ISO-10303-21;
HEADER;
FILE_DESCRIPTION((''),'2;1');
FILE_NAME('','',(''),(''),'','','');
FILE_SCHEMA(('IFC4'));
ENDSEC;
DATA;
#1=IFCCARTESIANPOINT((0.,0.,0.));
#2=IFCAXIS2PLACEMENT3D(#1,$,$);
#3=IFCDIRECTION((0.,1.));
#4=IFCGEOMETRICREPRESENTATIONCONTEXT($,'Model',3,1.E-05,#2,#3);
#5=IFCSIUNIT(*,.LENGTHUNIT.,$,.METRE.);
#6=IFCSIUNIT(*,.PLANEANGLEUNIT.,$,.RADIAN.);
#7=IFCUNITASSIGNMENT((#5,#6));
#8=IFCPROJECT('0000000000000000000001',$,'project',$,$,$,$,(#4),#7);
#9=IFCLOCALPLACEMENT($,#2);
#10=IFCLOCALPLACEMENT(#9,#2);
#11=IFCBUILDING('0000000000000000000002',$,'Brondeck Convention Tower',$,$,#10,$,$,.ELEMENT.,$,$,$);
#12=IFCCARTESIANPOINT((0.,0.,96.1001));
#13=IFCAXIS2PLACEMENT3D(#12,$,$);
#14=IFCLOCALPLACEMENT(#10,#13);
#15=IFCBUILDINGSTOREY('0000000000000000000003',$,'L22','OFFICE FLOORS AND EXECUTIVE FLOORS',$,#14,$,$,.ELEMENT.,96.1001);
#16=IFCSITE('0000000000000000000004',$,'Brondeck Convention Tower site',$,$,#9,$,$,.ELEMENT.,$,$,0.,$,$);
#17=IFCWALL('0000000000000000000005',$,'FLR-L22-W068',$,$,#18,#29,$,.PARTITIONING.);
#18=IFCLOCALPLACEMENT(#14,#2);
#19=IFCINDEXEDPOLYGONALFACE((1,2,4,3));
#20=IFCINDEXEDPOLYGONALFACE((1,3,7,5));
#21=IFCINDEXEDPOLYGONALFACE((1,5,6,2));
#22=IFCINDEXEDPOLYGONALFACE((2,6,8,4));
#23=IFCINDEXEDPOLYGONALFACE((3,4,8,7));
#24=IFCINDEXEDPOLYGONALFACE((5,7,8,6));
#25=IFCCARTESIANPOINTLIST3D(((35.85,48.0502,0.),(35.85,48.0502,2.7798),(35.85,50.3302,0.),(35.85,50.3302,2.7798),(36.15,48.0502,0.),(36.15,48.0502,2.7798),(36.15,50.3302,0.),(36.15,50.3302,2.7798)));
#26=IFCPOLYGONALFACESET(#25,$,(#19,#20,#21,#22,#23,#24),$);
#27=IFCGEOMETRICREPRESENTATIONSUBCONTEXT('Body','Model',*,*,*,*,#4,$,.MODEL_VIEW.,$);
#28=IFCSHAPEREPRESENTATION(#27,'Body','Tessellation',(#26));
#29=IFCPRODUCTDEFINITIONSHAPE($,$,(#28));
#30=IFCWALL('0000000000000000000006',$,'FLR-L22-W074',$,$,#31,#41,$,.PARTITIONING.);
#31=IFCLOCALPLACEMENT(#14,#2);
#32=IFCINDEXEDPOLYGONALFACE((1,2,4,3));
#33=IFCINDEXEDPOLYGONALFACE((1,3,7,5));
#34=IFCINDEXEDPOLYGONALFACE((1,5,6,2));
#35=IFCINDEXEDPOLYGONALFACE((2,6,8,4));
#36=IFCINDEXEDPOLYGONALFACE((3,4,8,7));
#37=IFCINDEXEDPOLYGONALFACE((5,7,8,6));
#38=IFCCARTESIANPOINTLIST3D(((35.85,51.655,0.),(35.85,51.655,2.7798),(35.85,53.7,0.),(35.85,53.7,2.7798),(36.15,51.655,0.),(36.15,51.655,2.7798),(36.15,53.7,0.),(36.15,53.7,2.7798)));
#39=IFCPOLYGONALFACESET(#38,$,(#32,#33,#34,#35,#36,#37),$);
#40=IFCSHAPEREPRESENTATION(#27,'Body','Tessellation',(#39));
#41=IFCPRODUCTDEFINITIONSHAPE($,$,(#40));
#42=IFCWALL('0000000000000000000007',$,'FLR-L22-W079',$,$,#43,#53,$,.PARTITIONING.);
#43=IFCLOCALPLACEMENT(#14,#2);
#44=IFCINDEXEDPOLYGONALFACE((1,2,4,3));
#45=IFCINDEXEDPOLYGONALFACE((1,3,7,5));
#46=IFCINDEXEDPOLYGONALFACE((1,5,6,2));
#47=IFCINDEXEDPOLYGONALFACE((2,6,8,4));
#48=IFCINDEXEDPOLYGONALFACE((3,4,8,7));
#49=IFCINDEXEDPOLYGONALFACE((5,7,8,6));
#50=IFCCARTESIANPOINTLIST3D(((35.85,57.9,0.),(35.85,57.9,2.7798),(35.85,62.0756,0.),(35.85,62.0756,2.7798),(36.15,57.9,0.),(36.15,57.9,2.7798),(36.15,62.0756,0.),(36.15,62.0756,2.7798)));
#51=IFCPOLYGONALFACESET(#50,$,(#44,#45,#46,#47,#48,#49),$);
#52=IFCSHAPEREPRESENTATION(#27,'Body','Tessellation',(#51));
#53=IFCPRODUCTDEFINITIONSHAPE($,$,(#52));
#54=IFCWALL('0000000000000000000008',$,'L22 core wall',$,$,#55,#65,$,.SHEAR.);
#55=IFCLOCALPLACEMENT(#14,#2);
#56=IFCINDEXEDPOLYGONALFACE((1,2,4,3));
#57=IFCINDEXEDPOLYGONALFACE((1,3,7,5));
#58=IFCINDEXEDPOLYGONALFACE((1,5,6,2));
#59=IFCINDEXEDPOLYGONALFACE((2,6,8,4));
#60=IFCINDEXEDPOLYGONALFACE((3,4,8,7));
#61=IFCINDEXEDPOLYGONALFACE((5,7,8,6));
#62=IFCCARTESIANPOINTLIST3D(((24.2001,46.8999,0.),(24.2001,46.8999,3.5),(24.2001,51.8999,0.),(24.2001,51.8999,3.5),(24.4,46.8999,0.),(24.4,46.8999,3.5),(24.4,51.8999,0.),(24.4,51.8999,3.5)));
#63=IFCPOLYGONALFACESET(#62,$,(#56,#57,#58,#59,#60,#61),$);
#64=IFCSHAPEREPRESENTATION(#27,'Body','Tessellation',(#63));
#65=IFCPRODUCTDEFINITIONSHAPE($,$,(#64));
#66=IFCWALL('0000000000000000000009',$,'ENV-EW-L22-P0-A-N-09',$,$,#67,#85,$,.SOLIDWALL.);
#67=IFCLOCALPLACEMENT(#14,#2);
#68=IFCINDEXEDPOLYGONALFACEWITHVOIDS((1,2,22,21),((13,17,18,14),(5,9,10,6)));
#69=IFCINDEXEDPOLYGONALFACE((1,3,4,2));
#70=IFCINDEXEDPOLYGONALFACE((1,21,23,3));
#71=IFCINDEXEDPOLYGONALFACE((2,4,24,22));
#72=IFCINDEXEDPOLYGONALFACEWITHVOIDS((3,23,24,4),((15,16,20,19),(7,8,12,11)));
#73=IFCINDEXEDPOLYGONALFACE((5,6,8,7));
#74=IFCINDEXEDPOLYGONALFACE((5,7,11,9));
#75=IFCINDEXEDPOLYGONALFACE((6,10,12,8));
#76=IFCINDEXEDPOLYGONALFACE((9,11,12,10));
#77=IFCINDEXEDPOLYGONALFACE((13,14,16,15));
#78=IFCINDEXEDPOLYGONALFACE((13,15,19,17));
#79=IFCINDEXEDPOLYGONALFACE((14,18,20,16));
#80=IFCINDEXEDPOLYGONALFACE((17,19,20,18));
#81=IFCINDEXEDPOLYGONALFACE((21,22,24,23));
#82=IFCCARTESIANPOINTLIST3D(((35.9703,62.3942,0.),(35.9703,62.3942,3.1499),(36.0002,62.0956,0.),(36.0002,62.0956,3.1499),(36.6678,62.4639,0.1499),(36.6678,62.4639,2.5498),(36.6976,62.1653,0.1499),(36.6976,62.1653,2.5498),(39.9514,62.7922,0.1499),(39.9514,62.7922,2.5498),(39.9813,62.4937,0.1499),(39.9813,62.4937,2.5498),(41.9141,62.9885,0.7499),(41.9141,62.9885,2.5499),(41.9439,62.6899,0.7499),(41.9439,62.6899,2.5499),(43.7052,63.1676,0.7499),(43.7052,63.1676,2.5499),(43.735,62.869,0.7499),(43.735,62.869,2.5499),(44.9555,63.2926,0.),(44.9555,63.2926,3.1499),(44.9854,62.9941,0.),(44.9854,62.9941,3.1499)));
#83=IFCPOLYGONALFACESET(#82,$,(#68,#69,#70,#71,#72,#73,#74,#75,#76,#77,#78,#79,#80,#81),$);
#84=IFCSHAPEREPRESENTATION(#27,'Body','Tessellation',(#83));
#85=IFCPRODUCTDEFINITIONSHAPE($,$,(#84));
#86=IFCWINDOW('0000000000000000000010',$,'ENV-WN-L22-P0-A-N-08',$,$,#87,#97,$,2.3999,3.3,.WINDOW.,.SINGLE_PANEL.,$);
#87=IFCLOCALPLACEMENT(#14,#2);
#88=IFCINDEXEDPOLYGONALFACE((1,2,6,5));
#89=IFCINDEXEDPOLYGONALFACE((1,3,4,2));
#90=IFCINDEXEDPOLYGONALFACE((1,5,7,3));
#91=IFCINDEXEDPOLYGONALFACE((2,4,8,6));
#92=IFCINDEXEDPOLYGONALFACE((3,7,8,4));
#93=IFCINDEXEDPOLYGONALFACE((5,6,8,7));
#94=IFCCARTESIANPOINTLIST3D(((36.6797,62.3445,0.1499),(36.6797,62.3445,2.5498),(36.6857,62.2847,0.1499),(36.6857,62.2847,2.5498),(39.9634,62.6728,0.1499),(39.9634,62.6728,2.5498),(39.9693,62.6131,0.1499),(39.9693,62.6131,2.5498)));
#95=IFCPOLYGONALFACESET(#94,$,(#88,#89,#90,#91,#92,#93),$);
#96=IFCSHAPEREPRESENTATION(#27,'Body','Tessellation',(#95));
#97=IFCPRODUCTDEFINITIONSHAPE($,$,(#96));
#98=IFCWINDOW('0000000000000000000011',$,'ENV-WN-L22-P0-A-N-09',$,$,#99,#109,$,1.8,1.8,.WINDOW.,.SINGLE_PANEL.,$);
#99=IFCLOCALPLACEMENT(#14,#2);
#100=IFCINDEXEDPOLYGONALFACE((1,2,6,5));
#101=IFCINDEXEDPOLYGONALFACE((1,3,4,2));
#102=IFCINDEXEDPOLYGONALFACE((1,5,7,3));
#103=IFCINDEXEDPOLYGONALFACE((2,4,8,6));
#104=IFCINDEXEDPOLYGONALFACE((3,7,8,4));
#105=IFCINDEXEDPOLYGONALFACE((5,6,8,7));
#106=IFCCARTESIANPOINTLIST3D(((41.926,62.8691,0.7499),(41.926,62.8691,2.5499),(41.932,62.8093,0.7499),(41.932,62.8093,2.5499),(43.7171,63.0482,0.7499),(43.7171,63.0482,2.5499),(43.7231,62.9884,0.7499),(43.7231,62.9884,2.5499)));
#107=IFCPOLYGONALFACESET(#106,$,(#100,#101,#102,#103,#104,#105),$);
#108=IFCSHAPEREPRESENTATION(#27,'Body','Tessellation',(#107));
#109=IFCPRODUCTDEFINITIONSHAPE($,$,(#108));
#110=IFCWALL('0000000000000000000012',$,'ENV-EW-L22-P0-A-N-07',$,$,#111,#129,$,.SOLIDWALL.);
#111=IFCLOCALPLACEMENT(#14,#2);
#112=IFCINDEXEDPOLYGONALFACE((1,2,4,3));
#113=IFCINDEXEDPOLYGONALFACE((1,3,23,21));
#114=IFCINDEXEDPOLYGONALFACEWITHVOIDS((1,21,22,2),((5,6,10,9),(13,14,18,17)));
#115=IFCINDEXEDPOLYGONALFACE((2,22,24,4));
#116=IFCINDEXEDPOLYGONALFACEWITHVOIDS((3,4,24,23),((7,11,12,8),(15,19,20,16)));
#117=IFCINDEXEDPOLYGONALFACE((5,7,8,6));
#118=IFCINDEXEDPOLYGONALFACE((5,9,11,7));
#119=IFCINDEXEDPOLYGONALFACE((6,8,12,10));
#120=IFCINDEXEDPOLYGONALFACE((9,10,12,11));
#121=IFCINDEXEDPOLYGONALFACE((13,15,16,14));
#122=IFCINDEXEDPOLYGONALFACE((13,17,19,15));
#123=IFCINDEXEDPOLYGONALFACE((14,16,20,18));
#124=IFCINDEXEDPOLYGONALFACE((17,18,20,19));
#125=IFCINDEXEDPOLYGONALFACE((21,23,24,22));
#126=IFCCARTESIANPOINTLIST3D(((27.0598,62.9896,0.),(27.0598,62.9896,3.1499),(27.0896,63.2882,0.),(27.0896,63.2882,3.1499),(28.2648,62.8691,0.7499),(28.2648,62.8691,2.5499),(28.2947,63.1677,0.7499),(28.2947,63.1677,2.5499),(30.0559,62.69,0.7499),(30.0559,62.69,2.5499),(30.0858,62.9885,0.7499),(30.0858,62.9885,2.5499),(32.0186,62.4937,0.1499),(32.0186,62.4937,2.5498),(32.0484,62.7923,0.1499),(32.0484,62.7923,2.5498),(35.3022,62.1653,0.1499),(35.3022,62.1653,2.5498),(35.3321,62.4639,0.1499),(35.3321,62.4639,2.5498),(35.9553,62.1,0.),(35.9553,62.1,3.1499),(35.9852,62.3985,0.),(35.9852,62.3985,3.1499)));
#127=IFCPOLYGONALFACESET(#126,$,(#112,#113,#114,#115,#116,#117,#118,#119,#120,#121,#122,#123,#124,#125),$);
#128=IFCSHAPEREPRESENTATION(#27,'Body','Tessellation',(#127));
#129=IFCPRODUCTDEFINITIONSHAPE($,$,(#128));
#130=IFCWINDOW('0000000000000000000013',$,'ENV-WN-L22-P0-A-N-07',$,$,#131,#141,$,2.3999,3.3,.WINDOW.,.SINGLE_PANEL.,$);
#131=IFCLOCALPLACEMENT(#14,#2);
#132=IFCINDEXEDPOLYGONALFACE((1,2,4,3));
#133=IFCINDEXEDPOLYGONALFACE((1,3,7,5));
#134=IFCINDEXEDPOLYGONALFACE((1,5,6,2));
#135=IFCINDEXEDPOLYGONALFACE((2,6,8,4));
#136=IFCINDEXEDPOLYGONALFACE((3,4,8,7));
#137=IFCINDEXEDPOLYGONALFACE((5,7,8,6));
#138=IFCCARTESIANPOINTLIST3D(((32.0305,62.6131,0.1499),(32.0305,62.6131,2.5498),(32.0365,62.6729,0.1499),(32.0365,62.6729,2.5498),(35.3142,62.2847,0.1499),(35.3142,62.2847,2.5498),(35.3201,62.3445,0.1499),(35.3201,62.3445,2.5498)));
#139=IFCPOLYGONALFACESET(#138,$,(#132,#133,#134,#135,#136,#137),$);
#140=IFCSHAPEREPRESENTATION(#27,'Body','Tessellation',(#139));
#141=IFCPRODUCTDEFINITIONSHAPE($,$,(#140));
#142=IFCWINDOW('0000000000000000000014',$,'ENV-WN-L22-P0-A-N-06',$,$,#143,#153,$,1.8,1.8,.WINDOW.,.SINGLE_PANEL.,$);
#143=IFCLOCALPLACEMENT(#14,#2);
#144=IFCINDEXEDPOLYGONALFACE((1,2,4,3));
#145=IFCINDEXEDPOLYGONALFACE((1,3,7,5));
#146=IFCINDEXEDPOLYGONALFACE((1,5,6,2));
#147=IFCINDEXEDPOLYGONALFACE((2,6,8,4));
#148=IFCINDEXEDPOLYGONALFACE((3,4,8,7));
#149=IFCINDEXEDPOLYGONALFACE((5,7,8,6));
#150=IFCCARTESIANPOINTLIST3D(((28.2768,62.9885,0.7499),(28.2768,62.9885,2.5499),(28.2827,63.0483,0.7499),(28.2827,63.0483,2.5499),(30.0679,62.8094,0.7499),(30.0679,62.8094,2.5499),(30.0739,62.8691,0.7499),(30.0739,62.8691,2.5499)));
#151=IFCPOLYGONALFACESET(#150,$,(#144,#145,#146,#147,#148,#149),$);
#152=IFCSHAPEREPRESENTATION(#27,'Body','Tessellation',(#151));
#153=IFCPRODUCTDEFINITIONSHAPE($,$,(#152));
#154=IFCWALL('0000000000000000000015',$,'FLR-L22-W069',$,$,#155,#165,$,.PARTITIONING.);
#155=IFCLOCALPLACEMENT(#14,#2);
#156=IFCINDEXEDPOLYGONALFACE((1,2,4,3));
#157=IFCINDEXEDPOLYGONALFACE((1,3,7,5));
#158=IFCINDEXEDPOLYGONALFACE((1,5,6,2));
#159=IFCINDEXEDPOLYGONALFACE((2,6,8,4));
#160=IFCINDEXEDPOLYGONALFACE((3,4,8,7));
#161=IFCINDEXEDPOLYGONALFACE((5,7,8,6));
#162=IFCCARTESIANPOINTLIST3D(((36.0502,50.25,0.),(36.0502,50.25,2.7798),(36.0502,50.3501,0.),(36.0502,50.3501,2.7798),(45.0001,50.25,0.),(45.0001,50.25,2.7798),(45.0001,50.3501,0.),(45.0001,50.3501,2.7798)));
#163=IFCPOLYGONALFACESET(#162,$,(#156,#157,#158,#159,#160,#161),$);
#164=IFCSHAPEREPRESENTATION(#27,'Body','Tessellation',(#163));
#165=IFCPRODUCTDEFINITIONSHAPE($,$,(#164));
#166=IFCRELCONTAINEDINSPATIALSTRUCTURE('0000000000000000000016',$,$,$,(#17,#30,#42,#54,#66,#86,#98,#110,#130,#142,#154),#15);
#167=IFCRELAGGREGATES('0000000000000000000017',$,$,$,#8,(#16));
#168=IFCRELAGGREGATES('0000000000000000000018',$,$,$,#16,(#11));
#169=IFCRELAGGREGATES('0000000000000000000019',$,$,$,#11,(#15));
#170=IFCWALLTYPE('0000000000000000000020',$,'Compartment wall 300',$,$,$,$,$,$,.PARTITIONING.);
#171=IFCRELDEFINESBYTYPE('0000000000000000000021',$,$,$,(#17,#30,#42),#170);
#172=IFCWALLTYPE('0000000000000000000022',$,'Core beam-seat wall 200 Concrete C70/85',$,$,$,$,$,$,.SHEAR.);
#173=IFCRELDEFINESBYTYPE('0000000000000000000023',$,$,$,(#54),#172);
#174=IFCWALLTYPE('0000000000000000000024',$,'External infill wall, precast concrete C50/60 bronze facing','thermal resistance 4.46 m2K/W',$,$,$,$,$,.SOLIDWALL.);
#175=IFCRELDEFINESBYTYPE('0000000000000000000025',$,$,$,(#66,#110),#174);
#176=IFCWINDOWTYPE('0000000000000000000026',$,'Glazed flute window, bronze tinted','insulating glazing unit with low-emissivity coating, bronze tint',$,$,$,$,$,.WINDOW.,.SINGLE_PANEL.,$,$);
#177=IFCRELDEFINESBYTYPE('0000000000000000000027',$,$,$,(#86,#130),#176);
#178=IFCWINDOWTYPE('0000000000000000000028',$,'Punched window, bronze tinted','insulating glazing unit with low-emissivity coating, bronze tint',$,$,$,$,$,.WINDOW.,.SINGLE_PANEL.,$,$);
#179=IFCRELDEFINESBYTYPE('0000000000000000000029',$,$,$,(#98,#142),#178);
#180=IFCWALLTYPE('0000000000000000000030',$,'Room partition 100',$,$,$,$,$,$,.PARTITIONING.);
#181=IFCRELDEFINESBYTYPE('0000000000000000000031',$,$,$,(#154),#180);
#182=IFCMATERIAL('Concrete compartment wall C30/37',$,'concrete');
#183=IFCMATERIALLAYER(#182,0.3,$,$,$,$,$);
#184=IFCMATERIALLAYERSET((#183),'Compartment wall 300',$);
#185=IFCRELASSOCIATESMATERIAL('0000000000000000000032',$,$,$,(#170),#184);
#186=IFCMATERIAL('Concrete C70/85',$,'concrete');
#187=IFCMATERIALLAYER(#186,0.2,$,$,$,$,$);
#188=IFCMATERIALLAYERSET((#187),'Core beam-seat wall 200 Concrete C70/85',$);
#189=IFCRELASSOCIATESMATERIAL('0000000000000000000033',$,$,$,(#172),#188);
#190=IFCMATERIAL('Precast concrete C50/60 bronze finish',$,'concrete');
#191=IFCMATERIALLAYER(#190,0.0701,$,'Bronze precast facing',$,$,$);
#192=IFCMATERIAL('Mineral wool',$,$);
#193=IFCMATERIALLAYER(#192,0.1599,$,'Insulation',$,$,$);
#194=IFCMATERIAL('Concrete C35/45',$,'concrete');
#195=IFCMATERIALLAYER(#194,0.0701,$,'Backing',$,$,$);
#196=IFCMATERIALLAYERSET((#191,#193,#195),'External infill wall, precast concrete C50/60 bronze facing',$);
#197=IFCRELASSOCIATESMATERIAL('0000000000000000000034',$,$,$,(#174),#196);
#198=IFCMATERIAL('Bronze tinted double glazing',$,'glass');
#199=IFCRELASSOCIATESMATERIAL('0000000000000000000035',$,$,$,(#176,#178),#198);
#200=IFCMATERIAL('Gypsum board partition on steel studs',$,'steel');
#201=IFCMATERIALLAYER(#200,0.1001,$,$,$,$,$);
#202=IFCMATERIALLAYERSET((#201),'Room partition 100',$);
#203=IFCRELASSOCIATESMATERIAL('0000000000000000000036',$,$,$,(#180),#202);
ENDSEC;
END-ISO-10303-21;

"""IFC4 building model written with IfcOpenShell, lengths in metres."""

from ifc_helpers import new_model, si_unit, direction, frame, frame_2d, origin, place, context, subcontext, project, spatial, rectangle, extrude, material, layer, layer_set, type_object, element, fill, save


model = new_model("IFC4")

# Units and contexts
model_context = context("Model", 3, precision=1e-05, world=origin(), true_north=direction((0.0, 1.0)))
body_context = subcontext(model_context, "Body", "Model", "MODEL_VIEW")
ifc_project = project(units=[si_unit("LENGTHUNIT", "METRE"), si_unit("PLANEANGLEUNIT", "RADIAN")], contexts=[model_context])

# Site, building, storey
site_placement = place(None, origin())
site = spatial("IfcSite", under=ifc_project, at=site_placement, Name="Brondeck Convention Tower site", CompositionType="ELEMENT", RefElevation=0.0)
building_placement = place(site_placement, origin())
building = spatial("IfcBuilding", under=site, at=building_placement, Name="Brondeck Convention Tower", CompositionType="ELEMENT")
storey_placement = place(building_placement, frame((0.0, 0.0, 96.1001)))
storey = spatial("IfcBuildingStorey", under=building, at=storey_placement, Name="L22", Description="OFFICE FLOORS AND EXECUTIVE FLOORS", CompositionType="ELEMENT", Elevation=96.1001)

# Shared definitions
ifc_material_1 = material(Name="Concrete C70/85", Category="concrete")

# Walls
ifc_material_2 = material(Name="Concrete compartment wall C30/37", Category="concrete")
ifc_layer_1 = layer(ifc_material_2, 0.3)
ifc_layer_set_1 = layer_set([ifc_layer_1], Name="Compartment wall 300")
wall_type_1 = type_object("IfcWallType", Name="Compartment wall 300", PredefinedType="PARTITIONING", material=ifc_layer_set_1)
wall_1_placement = place(storey_placement, frame((36.0, 48.05, 0.0), z_axis=(0.0, 0.0, 1.0), x_axis=(0.0, 1.0, 0.0)))
element("IfcWall", 1, at=wall_1_placement, inside=storey, type_object=wall_type_1, Name="FLR-L22-W068", PredefinedType="PARTITIONING", context=body_context, shape_type="SweptSolid", body=[
    extrude(rectangle(XDim=2.28, YDim=0.3, at=frame_2d((1.1401, 0.0))), origin(), (0.0, 0.0, 1.0), 2.7798),
])
wall_2_placement = place(storey_placement, frame((36.0, 51.655, 0.0), z_axis=(0.0, 0.0, 1.0), x_axis=(0.0, 1.0, 0.0)))
element("IfcWall", 2, at=wall_2_placement, inside=storey, type_object=wall_type_1, Name="FLR-L22-W074", PredefinedType="PARTITIONING", context=body_context, shape_type="SweptSolid", body=[
    extrude(rectangle(XDim=2.0449, YDim=0.3, at=frame_2d((1.0225, 0.0))), origin(), (0.0, 0.0, 1.0), 2.7798),
])
wall_3_placement = place(storey_placement, frame((36.0, 57.8999, 0.0), z_axis=(0.0, 0.0, 1.0), x_axis=(0.0, 1.0, 0.0)))
element("IfcWall", 3, at=wall_3_placement, inside=storey, type_object=wall_type_1, Name="FLR-L22-W079", PredefinedType="PARTITIONING", context=body_context, shape_type="SweptSolid", body=[
    extrude(rectangle(XDim=4.1755, YDim=0.3, at=frame_2d((2.0879, 0.0))), origin(), (0.0, 0.0, 1.0), 2.7798),
])
ifc_layer_2 = layer(ifc_material_1, 0.2)
ifc_layer_set_2 = layer_set([ifc_layer_2], Name="Core beam-seat wall 200 Concrete C70/85")
wall_type_2 = type_object("IfcWallType", Name="Core beam-seat wall 200 Concrete C70/85", PredefinedType="SHEAR", material=ifc_layer_set_2)
wall_4_placement = place(storey_placement, frame((24.3, 46.8999, 0.0), z_axis=(0.0, 0.0, 1.0), x_axis=(0.0, 1.0, 0.0)))
element("IfcWall", 4, at=wall_4_placement, inside=storey, type_object=wall_type_2, Name="L22 core wall", PredefinedType="SHEAR", context=body_context, shape_type="SweptSolid", body=[
    extrude(rectangle(XDim=5.0, YDim=0.2, at=frame_2d((2.5, 0.0))), origin(), (0.0, 0.0, 1.0), 3.5),
])

# Walls, openings, windows
ifc_material_3 = material(Name="Precast concrete C50/60 bronze finish", Category="concrete")
ifc_layer_3 = layer(ifc_material_3, 0.0701, Name="Bronze precast facing")
ifc_material_4 = material(Name="Mineral wool")
ifc_layer_4 = layer(ifc_material_4, 0.1599, Name="Insulation")
ifc_material_5 = material(Name="Concrete C35/45", Category="concrete")
ifc_layer_5 = layer(ifc_material_5, 0.0701, Name="Backing")
ifc_layer_set_3 = layer_set([ifc_layer_3, ifc_layer_4, ifc_layer_5], Name="External infill wall, precast concrete C50/60 bronze facing")
wall_type_3 = type_object("IfcWallType", Name="External infill wall, precast concrete C50/60 bronze facing", Description="thermal resistance 4.46 m2K/W", PredefinedType="SOLIDWALL", material=ifc_layer_set_3)
wall_5_placement = place(storey_placement, frame((35.9851, 62.2449, 0.0), z_axis=(0.0, 0.0, 1.0), x_axis=(0.995038, 0.099496, 0.0)))
wall_5 = element("IfcWall", 5, at=wall_5_placement, inside=storey, type_object=wall_type_3, Name="ENV-EW-L22-P0-A-N-09", PredefinedType="SOLIDWALL", context=body_context, shape_type="SweptSolid", body=[
    extrude(rectangle(XDim=9.03, YDim=0.3, at=frame_2d((4.5151, 0.0))), origin(), (0.0, 0.0, 1.0), 3.1499),
])
opening_1_placement = place(wall_5_placement, frame((0.7012, 0.0, 0.1499)))
opening_1 = element("IfcOpeningElement", 6, at=opening_1_placement, cuts=wall_5, PredefinedType="OPENING", context=body_context, shape_type="SweptSolid", body=[
    extrude(rectangle(XDim=3.3, YDim=2.3999, at=frame_2d((1.6499, 1.2))), frame((0.0, 0.1599, 0.0), z_axis=(0.0, -1.0, 0.0), x_axis=(1.0, 0.0, 0.0)), (0.0, 0.0, 1.0), 0.3201),
])
opening_2_placement = place(wall_5_placement, frame((5.9736, 0.0, 0.75)))
opening_2 = element("IfcOpeningElement", 7, at=opening_2_placement, cuts=wall_5, PredefinedType="OPENING", context=body_context, shape_type="SweptSolid", body=[
    extrude(rectangle(XDim=1.8, YDim=1.8, at=frame_2d((0.8999, 0.8999))), frame((0.0, 0.1599, 0.0), z_axis=(0.0, -1.0, 0.0), x_axis=(1.0, 0.0, 0.0)), (0.0, 0.0, 1.0), 0.3201),
])
ifc_material_6 = material(Name="Bronze tinted double glazing", Category="glass")
window_type_1 = type_object("IfcWindowType", Name="Glazed flute window, bronze tinted", Description="insulating glazing unit with low-emissivity coating, bronze tint", PartitioningType="SINGLE_PANEL", PredefinedType="WINDOW", material=ifc_material_6)
window_1_placement = place(opening_1_placement, origin())
window_1 = element("IfcWindow", 8, at=window_1_placement, inside=storey, type_object=window_type_1, Name="ENV-WN-L22-P0-A-N-08", OverallHeight=2.3999, OverallWidth=3.3, PartitioningType="SINGLE_PANEL", PredefinedType="WINDOW", context=body_context, shape_type="SweptSolid", body=[
    extrude(rectangle(XDim=3.3, YDim=2.3999, at=frame_2d((1.6499, 1.2))), frame((0.0, 0.03, 0.0), z_axis=(0.0, -1.0, 0.0), x_axis=(1.0, 0.0, 0.0)), (0.0, 0.0, 1.0), 0.0601),
])
fill(opening_1, window_1)
window_type_2 = type_object("IfcWindowType", Name="Punched window, bronze tinted", Description="insulating glazing unit with low-emissivity coating, bronze tint", PartitioningType="SINGLE_PANEL", PredefinedType="WINDOW", material=ifc_material_6)
window_2_placement = place(opening_2_placement, origin())
window_2 = element("IfcWindow", 9, at=window_2_placement, inside=storey, type_object=window_type_2, Name="ENV-WN-L22-P0-A-N-09", OverallHeight=1.8, OverallWidth=1.8, PartitioningType="SINGLE_PANEL", PredefinedType="WINDOW", context=body_context, shape_type="SweptSolid", body=[
    extrude(rectangle(XDim=1.8, YDim=1.8, at=frame_2d((0.8999, 0.8999))), frame((0.0, 0.03, 0.0), z_axis=(0.0, -1.0, 0.0), x_axis=(1.0, 0.0, 0.0)), (0.0, 0.0, 1.0), 0.0601),
])
fill(opening_2, window_2)
wall_6_placement = place(storey_placement, frame((27.0747, 63.1389, 0.0), z_axis=(0.0, 0.0, 1.0), x_axis=(0.995036, -0.099515, 0.0)))
wall_6 = element("IfcWall", 10, at=wall_6_placement, inside=storey, type_object=wall_type_3, Name="ENV-EW-L22-P0-A-N-07", PredefinedType="SOLIDWALL", context=body_context, shape_type="SweptSolid", body=[
    extrude(rectangle(XDim=8.9399, YDim=0.3, at=frame_2d((4.47, 0.0))), origin(), (0.0, 0.0, 1.0), 3.1499),
])
opening_3_placement = place(wall_6_placement, frame((1.2112, 0.0, 0.75)))
opening_3 = element("IfcOpeningElement", 11, at=opening_3_placement, cuts=wall_6, PredefinedType="OPENING", context=body_context, shape_type="SweptSolid", body=[
    extrude(rectangle(XDim=1.8, YDim=1.8, at=frame_2d((0.8999, 0.8999))), frame((0.0, 0.1599, 0.0), z_axis=(0.0, -1.0, 0.0), x_axis=(1.0, 0.0, 0.0)), (0.0, 0.0, 1.0), 0.3201),
])
opening_4_placement = place(wall_6_placement, frame((4.9836, 0.0, 0.1499)))
opening_4 = element("IfcOpeningElement", 12, at=opening_4_placement, cuts=wall_6, PredefinedType="OPENING", context=body_context, shape_type="SweptSolid", body=[
    extrude(rectangle(XDim=3.3, YDim=2.3999, at=frame_2d((1.6499, 1.2))), frame((0.0, 0.1599, 0.0), z_axis=(0.0, -1.0, 0.0), x_axis=(1.0, 0.0, 0.0)), (0.0, 0.0, 1.0), 0.3201),
])
window_3_placement = place(opening_4_placement, origin())
window_3 = element("IfcWindow", 13, at=window_3_placement, inside=storey, type_object=window_type_1, Name="ENV-WN-L22-P0-A-N-07", OverallHeight=2.3999, OverallWidth=3.3, PartitioningType="SINGLE_PANEL", PredefinedType="WINDOW", context=body_context, shape_type="SweptSolid", body=[
    extrude(rectangle(XDim=3.3, YDim=2.3999, at=frame_2d((1.6499, 1.2))), frame((0.0, 0.03, 0.0), z_axis=(0.0, -1.0, 0.0), x_axis=(1.0, 0.0, 0.0)), (0.0, 0.0, 1.0), 0.0601),
])
fill(opening_4, window_3)
window_4_placement = place(opening_3_placement, origin())
window_4 = element("IfcWindow", 14, at=window_4_placement, inside=storey, type_object=window_type_2, Name="ENV-WN-L22-P0-A-N-06", OverallHeight=1.8, OverallWidth=1.8, PartitioningType="SINGLE_PANEL", PredefinedType="WINDOW", context=body_context, shape_type="SweptSolid", body=[
    extrude(rectangle(XDim=1.8, YDim=1.8, at=frame_2d((0.8999, 0.8999))), frame((0.0, 0.03, 0.0), z_axis=(0.0, -1.0, 0.0), x_axis=(1.0, 0.0, 0.0)), (0.0, 0.0, 1.0), 0.0601),
])
fill(opening_3, window_4)

# Wall
ifc_material_7 = material(Name="Gypsum board partition on steel studs", Category="steel")
ifc_layer_6 = layer(ifc_material_7, 0.1001)
ifc_layer_set_4 = layer_set([ifc_layer_6], Name="Room partition 100")
wall_type_4 = type_object("IfcWallType", Name="Room partition 100", PredefinedType="PARTITIONING", material=ifc_layer_set_4)
wall_7_placement = place(storey_placement, frame((36.05, 50.3, 0.0), z_axis=(0.0, 0.0, 1.0), x_axis=(1.0, 0.0, 0.0)))
element("IfcWall", 15, at=wall_7_placement, inside=storey, type_object=wall_type_4, Name="FLR-L22-W069", PredefinedType="PARTITIONING", context=body_context, shape_type="SweptSolid", body=[
    extrude(rectangle(XDim=8.95, YDim=0.1001, at=frame_2d((4.4751, 0.0))), origin(), (0.0, 0.0, 1.0), 2.7798),
])

save(model, "model.ifc")
